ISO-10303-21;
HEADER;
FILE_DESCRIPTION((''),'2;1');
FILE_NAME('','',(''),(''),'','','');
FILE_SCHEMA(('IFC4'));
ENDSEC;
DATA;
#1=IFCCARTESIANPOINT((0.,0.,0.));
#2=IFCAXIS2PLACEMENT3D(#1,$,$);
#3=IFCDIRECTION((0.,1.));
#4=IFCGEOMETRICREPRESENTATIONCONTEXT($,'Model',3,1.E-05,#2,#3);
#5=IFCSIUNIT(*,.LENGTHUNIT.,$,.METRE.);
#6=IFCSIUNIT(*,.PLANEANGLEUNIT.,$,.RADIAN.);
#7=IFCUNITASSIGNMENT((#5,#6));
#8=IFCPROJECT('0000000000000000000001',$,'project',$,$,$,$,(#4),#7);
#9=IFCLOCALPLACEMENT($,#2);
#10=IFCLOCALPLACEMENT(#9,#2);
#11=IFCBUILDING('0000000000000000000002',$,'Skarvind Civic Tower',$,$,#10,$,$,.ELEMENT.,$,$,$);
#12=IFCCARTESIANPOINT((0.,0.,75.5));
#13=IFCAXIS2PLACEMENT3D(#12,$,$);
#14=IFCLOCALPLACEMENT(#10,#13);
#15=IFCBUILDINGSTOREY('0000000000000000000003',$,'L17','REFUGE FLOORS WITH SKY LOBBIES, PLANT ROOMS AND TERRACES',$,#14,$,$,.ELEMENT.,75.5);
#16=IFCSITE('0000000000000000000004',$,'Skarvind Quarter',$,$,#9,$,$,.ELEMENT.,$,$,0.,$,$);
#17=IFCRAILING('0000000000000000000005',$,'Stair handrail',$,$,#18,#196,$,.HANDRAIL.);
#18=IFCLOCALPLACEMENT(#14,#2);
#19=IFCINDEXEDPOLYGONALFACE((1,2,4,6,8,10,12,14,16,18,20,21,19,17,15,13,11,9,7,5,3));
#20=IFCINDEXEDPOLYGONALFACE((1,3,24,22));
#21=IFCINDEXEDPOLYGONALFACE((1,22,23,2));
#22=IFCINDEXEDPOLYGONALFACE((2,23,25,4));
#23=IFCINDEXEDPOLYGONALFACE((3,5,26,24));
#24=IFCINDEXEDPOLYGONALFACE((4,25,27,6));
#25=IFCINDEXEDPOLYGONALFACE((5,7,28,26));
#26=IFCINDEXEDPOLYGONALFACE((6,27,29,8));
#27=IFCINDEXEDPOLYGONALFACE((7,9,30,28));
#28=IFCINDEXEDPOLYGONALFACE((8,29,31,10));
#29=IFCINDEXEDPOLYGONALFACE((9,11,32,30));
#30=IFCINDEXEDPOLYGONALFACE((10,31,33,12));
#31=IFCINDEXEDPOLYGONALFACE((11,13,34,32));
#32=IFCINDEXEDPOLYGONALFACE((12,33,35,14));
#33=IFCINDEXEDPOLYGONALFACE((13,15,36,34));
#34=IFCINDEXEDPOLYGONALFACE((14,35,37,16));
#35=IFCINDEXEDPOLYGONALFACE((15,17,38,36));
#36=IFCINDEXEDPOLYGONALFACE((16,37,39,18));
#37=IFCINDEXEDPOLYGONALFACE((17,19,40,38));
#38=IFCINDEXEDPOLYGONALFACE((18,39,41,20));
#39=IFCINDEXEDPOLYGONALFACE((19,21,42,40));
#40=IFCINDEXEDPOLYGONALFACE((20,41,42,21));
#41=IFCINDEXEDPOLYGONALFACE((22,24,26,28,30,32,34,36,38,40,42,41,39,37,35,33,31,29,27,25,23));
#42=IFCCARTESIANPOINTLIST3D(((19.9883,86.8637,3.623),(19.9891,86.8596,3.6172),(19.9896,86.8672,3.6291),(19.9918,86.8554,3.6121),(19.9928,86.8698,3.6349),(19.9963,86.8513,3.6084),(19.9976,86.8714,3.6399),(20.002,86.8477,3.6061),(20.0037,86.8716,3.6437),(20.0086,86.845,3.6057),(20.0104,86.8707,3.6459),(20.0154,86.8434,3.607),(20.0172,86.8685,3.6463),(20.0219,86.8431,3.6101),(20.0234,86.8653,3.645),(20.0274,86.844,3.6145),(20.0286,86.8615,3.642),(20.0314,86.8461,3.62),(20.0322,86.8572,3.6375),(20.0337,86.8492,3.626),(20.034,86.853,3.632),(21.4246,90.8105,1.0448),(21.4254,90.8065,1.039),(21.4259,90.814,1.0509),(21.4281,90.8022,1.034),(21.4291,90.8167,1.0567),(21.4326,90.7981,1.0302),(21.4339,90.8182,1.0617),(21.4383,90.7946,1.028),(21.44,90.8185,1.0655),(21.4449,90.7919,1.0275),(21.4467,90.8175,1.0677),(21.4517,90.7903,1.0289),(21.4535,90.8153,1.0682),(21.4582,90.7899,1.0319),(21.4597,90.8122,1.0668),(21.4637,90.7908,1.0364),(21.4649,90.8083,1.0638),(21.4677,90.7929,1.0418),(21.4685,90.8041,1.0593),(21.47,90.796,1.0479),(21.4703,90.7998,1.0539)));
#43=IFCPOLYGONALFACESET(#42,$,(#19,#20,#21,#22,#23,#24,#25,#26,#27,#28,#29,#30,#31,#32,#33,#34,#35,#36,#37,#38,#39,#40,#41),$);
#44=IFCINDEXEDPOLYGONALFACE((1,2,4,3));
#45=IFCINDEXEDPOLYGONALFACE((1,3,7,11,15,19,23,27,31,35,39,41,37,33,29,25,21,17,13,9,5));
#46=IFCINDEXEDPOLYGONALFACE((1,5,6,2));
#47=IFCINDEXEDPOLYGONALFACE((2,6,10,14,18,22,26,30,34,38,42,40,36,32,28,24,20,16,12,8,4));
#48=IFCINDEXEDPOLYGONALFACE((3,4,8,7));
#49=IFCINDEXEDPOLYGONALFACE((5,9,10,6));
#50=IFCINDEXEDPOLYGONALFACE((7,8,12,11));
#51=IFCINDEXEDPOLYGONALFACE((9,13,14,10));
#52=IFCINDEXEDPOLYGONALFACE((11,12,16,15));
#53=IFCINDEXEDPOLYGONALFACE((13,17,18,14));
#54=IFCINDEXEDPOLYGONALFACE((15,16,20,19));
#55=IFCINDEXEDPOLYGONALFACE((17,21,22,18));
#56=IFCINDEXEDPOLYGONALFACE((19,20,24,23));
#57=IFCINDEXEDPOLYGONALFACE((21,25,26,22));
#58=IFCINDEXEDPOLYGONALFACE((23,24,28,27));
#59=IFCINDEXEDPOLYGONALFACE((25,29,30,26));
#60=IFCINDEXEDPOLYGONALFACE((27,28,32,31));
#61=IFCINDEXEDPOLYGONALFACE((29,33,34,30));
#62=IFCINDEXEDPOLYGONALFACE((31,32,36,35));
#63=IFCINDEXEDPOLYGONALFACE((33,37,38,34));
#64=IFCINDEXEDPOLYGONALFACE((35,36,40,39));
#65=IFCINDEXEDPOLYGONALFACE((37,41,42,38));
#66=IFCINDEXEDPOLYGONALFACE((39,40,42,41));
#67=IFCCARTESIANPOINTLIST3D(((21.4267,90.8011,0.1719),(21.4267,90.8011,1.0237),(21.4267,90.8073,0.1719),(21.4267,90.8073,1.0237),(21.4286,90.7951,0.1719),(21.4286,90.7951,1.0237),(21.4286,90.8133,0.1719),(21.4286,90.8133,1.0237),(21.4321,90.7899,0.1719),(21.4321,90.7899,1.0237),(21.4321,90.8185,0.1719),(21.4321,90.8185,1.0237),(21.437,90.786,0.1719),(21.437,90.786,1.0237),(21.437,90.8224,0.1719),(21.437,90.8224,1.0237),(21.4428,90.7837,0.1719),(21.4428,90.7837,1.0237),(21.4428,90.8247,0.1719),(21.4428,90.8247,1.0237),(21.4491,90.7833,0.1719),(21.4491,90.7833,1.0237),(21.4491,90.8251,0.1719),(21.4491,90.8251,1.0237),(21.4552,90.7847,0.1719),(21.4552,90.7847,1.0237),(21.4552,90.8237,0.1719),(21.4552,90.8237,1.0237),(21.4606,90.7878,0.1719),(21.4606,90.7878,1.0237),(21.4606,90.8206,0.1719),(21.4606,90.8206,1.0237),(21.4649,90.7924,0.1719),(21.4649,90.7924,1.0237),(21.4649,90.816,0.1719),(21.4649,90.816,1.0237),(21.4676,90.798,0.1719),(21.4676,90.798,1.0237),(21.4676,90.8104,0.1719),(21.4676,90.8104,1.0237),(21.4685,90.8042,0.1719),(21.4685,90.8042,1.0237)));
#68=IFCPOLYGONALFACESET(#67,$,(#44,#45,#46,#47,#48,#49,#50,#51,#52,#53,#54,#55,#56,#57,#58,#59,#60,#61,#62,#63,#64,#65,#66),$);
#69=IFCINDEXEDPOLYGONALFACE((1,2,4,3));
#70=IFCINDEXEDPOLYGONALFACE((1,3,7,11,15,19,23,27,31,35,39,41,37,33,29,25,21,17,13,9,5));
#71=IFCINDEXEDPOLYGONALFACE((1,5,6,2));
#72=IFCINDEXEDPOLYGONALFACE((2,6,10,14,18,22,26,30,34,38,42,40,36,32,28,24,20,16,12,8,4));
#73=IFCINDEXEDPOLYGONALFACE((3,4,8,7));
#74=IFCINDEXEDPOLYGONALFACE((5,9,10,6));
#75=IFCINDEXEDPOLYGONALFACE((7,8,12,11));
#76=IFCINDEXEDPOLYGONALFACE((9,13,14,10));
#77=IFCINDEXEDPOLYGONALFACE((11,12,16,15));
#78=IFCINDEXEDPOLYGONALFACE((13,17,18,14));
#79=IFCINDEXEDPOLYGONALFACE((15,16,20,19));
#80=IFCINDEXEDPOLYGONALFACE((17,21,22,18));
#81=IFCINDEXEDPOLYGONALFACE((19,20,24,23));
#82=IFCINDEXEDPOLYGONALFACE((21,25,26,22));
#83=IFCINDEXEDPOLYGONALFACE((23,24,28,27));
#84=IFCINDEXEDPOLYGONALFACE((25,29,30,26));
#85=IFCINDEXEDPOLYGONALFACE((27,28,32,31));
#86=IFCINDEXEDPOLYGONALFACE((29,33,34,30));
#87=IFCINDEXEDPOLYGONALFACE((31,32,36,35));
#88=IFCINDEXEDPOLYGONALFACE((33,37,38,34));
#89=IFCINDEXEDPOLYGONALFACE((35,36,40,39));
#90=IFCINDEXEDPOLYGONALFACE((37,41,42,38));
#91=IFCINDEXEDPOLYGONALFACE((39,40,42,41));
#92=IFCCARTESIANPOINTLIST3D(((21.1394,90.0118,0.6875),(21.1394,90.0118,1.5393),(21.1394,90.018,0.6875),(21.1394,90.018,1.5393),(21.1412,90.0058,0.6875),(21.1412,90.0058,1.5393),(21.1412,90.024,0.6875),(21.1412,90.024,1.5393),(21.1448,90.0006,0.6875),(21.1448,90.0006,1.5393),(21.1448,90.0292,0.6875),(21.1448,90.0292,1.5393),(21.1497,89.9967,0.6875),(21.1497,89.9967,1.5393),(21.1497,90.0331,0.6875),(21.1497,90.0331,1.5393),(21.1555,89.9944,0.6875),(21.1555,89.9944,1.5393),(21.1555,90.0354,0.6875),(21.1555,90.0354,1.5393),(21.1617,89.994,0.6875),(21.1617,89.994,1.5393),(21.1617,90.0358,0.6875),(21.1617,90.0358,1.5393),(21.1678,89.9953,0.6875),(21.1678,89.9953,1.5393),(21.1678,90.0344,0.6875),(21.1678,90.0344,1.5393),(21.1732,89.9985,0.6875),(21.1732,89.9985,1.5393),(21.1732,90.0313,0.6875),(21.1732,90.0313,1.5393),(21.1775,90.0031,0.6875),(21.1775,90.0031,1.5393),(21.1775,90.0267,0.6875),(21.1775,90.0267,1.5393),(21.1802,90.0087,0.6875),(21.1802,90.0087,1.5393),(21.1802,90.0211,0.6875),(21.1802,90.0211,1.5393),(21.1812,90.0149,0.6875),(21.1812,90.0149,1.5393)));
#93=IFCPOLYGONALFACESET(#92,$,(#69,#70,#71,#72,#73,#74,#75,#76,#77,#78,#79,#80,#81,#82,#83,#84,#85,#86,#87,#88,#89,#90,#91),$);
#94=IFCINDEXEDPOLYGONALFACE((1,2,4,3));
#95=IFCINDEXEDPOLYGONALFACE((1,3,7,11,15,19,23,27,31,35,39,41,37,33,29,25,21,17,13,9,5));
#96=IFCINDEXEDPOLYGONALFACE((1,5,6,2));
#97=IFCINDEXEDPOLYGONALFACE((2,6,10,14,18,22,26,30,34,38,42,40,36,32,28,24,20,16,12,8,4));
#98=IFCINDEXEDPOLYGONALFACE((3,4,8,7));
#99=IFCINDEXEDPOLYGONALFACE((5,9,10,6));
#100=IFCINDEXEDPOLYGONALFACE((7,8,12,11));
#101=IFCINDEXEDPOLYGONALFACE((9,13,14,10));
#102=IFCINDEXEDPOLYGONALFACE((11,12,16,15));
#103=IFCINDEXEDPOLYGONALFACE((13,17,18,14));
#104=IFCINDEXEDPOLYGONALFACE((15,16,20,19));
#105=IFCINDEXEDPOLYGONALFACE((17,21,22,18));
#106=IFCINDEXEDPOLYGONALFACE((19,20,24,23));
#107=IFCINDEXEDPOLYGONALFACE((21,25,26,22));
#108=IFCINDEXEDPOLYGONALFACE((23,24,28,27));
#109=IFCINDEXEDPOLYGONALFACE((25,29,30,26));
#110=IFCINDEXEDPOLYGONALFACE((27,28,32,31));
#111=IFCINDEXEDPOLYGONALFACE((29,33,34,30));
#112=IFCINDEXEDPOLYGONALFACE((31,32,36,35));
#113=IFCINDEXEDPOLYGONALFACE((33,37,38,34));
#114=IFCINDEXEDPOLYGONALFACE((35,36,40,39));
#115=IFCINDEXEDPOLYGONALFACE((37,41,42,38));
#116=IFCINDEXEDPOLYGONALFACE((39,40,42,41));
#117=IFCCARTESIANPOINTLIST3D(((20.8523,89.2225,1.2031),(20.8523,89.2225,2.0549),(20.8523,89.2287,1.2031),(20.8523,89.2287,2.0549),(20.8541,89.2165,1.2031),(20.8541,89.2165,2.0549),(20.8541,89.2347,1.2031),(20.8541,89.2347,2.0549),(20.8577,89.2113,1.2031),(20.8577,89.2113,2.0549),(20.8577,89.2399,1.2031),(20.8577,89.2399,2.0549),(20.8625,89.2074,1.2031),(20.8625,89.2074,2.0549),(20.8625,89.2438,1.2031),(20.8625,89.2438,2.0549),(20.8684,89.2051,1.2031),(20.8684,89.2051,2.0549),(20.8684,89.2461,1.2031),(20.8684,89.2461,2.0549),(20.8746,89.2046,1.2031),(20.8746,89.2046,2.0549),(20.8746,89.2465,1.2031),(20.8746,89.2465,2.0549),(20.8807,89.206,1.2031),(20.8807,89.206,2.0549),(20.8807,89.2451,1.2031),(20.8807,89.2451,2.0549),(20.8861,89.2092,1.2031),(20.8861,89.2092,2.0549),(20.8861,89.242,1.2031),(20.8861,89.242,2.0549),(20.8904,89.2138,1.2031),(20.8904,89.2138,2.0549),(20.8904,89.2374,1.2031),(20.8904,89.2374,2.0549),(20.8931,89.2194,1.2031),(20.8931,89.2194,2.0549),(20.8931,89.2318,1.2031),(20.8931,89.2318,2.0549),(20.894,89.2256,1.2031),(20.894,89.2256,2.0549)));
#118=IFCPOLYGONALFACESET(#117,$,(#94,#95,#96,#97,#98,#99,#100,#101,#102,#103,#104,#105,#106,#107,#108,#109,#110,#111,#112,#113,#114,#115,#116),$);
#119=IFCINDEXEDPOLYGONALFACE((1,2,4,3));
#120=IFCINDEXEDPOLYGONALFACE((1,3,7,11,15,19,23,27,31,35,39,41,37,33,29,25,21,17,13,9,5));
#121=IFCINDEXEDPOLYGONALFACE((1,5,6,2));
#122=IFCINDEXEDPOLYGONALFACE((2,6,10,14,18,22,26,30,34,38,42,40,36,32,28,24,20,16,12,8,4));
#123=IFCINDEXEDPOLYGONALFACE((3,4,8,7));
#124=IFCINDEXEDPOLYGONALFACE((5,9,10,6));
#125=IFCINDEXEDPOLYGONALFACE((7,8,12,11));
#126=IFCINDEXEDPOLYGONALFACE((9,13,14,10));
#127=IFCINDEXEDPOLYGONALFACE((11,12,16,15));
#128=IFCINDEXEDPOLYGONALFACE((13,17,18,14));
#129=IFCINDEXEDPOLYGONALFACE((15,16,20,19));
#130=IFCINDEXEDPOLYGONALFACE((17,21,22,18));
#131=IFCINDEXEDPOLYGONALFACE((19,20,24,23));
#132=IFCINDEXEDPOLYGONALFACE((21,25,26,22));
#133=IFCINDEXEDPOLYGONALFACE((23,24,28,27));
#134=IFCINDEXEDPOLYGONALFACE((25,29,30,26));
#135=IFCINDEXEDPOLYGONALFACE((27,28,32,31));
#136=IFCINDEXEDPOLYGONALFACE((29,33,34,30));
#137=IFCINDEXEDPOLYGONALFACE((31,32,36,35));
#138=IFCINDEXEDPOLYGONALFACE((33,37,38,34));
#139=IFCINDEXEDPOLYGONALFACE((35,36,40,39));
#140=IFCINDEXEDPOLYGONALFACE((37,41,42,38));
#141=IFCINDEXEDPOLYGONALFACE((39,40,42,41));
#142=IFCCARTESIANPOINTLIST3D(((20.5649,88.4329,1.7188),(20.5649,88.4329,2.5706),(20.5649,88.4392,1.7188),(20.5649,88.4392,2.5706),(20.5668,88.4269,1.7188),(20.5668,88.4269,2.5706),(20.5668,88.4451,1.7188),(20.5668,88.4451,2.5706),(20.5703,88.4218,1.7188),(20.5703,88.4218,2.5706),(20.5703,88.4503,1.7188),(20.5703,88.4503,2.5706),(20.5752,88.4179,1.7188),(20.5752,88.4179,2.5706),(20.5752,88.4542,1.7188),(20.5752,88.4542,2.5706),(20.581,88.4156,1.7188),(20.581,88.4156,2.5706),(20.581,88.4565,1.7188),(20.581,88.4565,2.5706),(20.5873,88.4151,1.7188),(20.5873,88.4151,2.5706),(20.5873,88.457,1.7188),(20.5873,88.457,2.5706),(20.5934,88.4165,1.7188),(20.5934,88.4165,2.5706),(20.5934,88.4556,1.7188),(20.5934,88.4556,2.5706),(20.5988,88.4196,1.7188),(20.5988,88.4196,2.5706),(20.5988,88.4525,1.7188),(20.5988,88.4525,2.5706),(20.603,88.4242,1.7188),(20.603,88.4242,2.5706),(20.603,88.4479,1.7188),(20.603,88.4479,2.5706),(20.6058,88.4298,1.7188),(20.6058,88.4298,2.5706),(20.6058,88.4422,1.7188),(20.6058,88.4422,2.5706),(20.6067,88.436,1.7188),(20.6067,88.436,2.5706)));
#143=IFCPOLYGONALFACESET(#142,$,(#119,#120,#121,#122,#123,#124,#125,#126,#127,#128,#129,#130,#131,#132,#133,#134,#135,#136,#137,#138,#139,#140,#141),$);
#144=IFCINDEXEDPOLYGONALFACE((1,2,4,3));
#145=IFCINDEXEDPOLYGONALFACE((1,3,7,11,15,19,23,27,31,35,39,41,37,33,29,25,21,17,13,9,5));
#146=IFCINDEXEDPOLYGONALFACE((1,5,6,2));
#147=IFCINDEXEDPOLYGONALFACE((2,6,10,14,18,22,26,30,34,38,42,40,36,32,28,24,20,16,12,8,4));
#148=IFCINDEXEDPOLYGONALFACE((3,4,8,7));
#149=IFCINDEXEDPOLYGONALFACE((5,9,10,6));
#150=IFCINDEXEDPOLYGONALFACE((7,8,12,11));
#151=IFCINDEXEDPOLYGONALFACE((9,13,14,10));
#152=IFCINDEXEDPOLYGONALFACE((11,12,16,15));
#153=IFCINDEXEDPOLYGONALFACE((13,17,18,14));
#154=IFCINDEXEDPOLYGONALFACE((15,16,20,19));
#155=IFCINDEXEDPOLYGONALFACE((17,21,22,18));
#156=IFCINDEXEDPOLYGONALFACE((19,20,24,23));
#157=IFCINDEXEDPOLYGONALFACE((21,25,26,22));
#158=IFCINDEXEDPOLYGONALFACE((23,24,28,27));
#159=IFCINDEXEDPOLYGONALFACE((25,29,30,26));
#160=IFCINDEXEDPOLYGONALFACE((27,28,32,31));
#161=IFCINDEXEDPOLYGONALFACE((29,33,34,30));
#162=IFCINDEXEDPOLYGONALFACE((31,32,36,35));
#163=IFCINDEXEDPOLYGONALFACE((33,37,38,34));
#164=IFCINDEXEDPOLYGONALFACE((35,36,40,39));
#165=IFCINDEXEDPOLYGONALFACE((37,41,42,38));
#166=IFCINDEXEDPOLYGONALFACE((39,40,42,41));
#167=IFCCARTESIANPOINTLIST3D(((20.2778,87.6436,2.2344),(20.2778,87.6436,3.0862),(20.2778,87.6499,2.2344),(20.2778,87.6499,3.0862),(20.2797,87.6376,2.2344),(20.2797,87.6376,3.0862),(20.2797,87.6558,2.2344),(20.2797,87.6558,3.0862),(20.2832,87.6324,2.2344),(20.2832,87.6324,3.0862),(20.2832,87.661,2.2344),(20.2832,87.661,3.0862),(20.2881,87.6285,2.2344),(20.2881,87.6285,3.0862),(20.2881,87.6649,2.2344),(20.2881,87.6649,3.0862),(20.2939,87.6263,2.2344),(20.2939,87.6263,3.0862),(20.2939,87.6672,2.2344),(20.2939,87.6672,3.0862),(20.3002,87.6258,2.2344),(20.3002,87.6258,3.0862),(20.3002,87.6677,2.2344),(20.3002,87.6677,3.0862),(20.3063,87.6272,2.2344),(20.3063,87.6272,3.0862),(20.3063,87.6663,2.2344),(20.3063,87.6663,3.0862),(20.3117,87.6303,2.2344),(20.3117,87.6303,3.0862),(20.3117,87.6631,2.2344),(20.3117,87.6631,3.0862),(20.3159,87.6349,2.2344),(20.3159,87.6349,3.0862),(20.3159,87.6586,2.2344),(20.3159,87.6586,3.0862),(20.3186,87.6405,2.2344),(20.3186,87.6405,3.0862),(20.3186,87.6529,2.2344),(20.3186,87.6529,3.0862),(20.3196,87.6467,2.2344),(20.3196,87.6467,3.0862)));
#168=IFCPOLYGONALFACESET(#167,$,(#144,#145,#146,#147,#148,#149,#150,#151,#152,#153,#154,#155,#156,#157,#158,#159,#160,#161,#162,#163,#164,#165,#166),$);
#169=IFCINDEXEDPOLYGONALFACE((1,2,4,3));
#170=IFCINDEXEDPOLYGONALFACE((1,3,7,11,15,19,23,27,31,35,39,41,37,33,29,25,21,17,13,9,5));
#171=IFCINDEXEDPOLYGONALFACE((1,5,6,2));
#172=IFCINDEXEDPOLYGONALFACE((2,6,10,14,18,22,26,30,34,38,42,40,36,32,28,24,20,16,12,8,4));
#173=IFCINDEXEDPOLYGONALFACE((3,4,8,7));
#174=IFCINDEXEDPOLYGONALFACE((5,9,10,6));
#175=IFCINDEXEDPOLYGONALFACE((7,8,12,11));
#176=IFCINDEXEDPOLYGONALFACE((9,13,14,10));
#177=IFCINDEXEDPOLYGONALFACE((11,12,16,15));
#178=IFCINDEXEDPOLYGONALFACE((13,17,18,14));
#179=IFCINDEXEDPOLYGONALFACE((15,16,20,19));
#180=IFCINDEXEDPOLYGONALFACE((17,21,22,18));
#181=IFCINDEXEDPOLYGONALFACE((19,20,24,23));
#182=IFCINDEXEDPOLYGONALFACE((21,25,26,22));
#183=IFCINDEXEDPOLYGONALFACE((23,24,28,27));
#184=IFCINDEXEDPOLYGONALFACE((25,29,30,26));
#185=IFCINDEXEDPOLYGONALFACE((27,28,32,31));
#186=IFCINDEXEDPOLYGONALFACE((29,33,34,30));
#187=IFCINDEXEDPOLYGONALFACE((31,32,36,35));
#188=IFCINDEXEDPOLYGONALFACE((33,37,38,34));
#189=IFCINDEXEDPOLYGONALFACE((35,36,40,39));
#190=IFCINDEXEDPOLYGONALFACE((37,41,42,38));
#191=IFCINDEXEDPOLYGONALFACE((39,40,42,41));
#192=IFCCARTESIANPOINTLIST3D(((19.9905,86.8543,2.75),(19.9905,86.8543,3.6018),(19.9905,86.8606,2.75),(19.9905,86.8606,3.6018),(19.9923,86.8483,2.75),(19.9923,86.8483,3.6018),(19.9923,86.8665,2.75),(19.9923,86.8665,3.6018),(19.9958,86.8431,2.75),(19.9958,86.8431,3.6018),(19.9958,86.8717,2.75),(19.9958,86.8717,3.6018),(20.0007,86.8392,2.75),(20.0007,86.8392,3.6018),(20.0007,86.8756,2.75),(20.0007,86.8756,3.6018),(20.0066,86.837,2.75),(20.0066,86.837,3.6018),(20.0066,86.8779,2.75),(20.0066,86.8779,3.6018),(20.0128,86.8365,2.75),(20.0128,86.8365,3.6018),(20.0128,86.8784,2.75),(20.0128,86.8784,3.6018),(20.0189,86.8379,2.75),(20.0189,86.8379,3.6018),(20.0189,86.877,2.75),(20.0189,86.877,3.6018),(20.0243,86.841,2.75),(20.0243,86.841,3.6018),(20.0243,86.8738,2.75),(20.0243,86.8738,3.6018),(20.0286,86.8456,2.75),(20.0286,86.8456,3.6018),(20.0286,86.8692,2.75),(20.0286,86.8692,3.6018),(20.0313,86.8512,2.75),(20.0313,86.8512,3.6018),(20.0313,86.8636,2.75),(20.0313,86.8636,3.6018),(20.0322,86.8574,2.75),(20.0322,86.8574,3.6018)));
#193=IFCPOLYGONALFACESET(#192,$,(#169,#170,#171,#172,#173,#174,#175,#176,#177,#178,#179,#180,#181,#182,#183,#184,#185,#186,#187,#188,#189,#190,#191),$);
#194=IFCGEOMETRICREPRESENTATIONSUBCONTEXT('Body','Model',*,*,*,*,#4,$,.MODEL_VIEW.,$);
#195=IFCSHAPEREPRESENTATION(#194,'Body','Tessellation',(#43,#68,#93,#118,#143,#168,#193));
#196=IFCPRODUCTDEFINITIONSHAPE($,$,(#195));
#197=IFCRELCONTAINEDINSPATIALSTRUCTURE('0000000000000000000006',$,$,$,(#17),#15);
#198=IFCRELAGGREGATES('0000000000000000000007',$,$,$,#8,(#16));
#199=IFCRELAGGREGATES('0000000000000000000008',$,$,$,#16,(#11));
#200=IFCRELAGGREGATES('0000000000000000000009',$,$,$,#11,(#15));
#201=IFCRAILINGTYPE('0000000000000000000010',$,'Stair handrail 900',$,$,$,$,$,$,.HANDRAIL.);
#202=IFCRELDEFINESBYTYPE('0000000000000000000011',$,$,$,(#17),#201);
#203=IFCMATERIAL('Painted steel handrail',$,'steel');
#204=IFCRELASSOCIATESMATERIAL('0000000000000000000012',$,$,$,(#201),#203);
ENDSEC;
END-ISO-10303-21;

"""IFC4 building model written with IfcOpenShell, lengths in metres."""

from ifc_helpers import new_model, si_unit, direction, frame, origin, origin_2d, place, context, subcontext, project, spatial, circle, extrude, material, type_object, element, save


model = new_model("IFC4")

# Units and contexts
model_context = context("Model", 3, precision=1e-05, world=origin(), true_north=direction((0.0, 1.0)))
body_context = subcontext(model_context, "Body", "Model", "MODEL_VIEW")
ifc_project = project(units=[si_unit("LENGTHUNIT", "METRE"), si_unit("PLANEANGLEUNIT", "RADIAN")], contexts=[model_context])

# Site, building, storey
site_placement = place(None, origin())
site = spatial("IfcSite", under=ifc_project, at=site_placement, Name="Skarvind Quarter", CompositionType="ELEMENT", RefElevation=0.0)
building_placement = place(site_placement, origin())
building = spatial("IfcBuilding", under=site, at=building_placement, Name="Skarvind Civic Tower", CompositionType="ELEMENT")
storey_placement = place(building_placement, frame((0.0, 0.0, 75.5)))
storey = spatial("IfcBuildingStorey", under=building, at=storey_placement, Name="L17", Description="REFUGE FLOORS WITH SKY LOBBIES, PLANT ROOMS AND TERRACES", CompositionType="ELEMENT", Elevation=75.5)

# Railing
ifc_material_1 = material(Name="Painted steel handrail", Category="steel")
railing_type = type_object("IfcRailingType", Name="Stair handrail 900", PredefinedType="HANDRAIL", material=ifc_material_1)
railing_1_placement = place(storey_placement, frame((21.4475, 90.8042, 0.1719)))
element("IfcRailing", 1, at=railing_1_placement, inside=storey, type_object=railing_type, Name="Stair handrail", PredefinedType="HANDRAIL", context=body_context, shape_type="SweptSolid", body=[
    extrude(circle(Radius=0.0239, at=origin_2d()), frame((0.0, 0.0, 0.876), z_axis=(-0.291444, -0.800864, 0.523142), x_axis=(0.93971, -0.341972, 0.0)), (0.0, 0.0, 1.0), 4.9282),
    extrude(circle(Radius=0.021, at=origin_2d()), origin(), (0.0, 0.0, 1.0), 0.8518),
    extrude(circle(Radius=0.021, at=origin_2d()), frame((-0.2874, -0.7893, 0.5156)), (0.0, 0.0, 1.0), 0.8518),
    extrude(circle(Radius=0.021, at=origin_2d()), frame((-0.5745, -1.5786, 1.0312)), (0.0, 0.0, 1.0), 0.8518),
    extrude(circle(Radius=0.021, at=origin_2d()), frame((-0.8618, -2.3682, 1.5469)), (0.0, 0.0, 1.0), 0.8518),
    extrude(circle(Radius=0.021, at=origin_2d()), frame((-1.1489, -3.1575, 2.0625)), (0.0, 0.0, 1.0), 0.8518),
    extrude(circle(Radius=0.021, at=origin_2d()), frame((-1.4363, -3.9468, 2.5781)), (0.0, 0.0, 1.0), 0.8518),
])

save(model, "model.ifc")
